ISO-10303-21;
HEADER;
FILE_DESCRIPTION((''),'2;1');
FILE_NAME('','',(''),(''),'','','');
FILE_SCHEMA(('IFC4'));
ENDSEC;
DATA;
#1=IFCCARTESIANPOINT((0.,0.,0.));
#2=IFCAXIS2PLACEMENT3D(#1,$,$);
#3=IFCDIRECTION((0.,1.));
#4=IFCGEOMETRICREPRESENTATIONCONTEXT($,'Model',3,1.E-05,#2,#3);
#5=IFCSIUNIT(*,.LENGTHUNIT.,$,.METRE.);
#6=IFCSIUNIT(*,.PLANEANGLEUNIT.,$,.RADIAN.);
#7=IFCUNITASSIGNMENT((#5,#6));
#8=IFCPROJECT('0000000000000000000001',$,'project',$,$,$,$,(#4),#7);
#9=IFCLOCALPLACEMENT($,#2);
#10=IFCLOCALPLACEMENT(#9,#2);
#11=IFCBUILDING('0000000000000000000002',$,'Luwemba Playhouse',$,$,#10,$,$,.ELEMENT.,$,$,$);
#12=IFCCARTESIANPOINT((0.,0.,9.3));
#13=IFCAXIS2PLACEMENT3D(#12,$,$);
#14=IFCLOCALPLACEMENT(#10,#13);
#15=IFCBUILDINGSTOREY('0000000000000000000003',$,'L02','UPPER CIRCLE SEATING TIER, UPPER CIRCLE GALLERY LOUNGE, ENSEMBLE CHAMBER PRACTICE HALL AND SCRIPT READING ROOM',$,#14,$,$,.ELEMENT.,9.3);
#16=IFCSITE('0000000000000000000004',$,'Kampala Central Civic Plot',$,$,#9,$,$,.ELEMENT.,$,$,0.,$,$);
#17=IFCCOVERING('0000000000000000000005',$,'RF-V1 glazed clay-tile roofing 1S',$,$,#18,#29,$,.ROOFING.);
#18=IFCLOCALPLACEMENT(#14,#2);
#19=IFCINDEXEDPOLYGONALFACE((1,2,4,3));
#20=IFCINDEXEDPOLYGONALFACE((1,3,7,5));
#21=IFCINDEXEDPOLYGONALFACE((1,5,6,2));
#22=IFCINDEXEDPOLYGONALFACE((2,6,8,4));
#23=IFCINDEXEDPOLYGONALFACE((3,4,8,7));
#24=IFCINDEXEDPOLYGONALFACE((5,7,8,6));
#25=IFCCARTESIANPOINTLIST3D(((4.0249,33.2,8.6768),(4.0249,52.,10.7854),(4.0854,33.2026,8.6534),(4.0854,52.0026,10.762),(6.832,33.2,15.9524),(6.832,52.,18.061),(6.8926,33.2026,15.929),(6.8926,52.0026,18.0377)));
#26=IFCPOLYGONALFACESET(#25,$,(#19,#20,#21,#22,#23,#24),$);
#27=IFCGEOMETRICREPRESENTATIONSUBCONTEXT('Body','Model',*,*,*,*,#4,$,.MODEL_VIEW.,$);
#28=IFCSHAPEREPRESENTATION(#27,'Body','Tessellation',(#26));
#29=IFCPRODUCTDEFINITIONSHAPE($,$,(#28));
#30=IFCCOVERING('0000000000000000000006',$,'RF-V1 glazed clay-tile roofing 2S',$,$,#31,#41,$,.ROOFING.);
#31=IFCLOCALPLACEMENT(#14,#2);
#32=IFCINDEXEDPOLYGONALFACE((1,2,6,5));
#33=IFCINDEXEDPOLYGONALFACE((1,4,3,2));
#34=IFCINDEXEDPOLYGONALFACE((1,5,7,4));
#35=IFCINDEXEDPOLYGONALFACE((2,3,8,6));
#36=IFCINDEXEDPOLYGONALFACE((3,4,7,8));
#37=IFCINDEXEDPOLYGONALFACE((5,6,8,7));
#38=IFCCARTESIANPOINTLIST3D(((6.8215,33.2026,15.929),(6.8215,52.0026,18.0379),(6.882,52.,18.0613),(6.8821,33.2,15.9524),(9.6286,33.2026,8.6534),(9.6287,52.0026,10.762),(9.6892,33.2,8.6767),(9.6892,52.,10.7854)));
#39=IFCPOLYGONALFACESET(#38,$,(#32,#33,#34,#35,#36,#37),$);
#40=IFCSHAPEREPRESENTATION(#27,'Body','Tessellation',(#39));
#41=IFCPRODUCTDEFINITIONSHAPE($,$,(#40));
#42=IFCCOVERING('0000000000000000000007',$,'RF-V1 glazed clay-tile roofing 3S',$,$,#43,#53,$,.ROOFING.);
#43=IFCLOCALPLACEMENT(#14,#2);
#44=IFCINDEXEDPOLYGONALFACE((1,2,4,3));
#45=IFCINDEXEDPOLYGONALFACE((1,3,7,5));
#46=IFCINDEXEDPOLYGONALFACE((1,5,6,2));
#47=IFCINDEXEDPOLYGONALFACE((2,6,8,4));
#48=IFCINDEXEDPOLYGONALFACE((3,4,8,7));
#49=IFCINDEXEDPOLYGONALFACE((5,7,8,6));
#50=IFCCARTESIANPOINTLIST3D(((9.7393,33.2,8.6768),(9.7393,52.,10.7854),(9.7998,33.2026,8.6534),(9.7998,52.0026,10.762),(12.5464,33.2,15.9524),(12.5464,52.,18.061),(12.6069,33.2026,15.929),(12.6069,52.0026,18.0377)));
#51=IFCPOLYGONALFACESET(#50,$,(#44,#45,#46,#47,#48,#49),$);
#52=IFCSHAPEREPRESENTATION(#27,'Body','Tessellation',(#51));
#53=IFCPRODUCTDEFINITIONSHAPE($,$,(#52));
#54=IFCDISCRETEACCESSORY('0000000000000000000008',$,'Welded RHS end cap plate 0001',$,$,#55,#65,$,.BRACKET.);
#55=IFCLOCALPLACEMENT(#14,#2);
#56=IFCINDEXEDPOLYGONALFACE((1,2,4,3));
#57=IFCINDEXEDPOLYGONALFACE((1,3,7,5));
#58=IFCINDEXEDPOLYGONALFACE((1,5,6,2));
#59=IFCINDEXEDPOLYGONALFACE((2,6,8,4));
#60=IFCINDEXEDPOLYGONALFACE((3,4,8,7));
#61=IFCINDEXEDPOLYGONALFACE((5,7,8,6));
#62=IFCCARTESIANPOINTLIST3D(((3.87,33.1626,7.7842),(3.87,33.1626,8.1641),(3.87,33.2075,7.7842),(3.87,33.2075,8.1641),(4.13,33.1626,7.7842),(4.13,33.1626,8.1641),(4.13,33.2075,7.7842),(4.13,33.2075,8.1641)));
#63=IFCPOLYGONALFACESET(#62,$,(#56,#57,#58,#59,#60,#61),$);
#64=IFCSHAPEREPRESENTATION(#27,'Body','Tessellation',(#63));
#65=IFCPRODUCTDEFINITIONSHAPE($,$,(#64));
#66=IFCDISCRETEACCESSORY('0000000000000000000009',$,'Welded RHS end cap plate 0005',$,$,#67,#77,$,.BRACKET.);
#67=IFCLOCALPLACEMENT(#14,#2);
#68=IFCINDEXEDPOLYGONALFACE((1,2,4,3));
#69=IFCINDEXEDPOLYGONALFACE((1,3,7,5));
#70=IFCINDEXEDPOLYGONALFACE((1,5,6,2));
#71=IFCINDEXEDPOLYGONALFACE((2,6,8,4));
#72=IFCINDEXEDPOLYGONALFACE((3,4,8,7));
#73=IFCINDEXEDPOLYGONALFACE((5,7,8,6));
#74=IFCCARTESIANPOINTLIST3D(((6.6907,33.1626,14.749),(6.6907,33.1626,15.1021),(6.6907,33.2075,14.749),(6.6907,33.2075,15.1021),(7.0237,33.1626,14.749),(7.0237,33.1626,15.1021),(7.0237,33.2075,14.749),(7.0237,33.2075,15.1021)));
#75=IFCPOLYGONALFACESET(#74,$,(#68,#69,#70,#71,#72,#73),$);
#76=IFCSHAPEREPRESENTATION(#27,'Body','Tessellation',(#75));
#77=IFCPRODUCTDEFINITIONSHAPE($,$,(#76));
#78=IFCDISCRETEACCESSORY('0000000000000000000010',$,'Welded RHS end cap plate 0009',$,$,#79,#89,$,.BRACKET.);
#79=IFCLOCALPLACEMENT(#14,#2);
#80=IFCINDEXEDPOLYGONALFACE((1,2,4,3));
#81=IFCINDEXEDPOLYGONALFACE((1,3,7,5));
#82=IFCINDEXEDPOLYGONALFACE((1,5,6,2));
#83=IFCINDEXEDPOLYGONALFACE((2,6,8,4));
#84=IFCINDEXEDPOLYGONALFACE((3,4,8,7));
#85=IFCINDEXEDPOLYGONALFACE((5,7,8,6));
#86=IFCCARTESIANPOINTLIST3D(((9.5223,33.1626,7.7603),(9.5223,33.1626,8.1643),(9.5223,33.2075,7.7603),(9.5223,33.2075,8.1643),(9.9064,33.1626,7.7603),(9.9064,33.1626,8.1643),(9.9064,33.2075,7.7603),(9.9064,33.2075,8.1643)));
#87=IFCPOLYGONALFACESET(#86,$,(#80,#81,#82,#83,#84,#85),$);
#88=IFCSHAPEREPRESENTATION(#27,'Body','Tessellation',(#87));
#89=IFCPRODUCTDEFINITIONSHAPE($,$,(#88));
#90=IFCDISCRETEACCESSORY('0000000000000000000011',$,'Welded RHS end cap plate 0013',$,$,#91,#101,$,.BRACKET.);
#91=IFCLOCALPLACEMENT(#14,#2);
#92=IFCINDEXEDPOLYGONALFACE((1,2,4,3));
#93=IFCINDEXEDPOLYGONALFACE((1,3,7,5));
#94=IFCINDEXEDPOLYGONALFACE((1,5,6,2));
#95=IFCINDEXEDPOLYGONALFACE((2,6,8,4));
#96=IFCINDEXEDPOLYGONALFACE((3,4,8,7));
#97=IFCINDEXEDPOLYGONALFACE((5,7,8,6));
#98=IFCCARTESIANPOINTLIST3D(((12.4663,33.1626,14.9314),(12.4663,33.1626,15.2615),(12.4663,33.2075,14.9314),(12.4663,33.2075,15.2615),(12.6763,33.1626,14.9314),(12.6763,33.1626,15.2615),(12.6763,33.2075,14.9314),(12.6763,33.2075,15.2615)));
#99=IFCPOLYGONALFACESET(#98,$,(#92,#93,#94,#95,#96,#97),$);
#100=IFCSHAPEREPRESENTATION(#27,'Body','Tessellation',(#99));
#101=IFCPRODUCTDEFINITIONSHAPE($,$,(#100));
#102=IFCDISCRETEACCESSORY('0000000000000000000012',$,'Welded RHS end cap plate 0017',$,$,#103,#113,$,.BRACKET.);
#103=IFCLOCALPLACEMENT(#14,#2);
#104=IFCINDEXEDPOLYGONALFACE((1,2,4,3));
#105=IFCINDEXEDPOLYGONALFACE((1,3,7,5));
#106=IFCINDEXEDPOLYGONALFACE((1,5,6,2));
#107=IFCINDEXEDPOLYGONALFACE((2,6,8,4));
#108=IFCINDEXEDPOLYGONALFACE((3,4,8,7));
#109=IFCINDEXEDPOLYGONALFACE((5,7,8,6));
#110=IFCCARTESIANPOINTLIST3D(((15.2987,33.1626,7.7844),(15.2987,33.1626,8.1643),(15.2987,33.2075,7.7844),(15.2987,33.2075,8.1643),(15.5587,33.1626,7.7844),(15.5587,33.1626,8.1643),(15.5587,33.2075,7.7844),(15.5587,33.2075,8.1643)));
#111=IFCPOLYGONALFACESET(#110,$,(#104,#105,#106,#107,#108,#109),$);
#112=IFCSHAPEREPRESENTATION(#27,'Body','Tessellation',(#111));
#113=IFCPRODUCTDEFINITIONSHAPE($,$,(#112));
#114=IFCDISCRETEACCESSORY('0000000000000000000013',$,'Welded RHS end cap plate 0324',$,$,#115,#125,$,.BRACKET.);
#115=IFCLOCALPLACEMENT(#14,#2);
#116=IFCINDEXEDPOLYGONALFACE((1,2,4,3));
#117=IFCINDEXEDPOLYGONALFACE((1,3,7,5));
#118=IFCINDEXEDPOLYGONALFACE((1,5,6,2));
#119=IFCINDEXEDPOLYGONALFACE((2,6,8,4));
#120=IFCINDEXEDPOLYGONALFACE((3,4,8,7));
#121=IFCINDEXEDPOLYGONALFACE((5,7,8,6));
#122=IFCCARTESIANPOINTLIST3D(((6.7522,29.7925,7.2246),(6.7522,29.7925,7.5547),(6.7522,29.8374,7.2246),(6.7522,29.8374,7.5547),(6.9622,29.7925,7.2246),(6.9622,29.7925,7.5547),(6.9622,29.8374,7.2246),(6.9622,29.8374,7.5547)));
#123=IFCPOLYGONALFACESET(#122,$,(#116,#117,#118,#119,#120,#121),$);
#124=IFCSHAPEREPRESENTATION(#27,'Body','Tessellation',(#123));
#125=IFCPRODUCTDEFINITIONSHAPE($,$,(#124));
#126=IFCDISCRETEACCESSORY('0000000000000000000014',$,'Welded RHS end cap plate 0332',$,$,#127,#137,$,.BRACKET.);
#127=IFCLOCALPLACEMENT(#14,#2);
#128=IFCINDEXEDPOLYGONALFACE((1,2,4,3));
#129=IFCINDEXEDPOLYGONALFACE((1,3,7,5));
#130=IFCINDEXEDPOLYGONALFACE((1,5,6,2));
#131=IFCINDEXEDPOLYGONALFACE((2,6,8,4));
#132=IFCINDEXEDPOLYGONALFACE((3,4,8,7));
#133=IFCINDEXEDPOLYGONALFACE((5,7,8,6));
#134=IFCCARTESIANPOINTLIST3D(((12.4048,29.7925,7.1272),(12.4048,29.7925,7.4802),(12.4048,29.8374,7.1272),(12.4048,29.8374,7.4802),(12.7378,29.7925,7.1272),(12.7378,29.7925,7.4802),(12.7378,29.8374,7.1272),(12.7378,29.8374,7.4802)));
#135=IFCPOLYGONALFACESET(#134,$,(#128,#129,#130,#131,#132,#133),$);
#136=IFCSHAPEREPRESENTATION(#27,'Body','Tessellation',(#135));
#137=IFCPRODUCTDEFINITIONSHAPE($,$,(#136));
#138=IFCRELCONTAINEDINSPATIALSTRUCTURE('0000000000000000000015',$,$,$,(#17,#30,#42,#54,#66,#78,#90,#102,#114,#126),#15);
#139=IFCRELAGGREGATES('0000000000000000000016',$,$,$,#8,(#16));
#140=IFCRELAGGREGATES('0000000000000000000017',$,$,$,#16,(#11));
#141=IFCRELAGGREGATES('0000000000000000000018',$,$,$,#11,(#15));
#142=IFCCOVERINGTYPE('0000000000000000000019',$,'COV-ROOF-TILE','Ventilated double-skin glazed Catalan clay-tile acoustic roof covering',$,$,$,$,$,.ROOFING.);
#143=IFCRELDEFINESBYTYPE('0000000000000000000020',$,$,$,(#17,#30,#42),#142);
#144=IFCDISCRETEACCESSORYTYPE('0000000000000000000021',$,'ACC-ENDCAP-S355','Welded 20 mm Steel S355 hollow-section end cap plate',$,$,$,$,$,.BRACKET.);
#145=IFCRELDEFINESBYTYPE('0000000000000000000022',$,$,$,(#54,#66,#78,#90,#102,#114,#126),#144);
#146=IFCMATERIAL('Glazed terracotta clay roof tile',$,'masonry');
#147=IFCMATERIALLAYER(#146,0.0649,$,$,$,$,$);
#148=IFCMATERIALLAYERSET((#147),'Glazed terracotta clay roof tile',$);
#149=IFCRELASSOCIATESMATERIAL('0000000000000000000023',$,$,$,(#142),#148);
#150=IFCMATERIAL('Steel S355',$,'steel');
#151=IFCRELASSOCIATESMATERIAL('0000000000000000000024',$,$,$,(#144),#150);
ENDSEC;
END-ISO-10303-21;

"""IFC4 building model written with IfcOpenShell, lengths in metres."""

from ifc_helpers import new_model, si_unit, direction, frame, origin, origin_2d, place, context, subcontext, project, spatial, polyline, rectangle, outline, extrude, material, layer, layer_set, type_object, element, save


model = new_model("IFC4")

# Units and contexts
model_context = context("Model", 3, precision=1e-05, world=origin(), true_north=direction((0.0, 1.0)))
body_context = subcontext(model_context, "Body", "Model", "MODEL_VIEW")
ifc_project = project(units=[si_unit("LENGTHUNIT", "METRE"), si_unit("PLANEANGLEUNIT", "RADIAN")], contexts=[model_context])

# Site, building, storey
site_placement = place(None, origin())
site = spatial("IfcSite", under=ifc_project, at=site_placement, Name="Kampala Central Civic Plot", CompositionType="ELEMENT", RefElevation=0.0)
building_placement = place(site_placement, origin())
building = spatial("IfcBuilding", under=site, at=building_placement, Name="Luwemba Playhouse", CompositionType="ELEMENT")
storey_placement = place(building_placement, frame((0.0, 0.0, 9.3)))
storey = spatial("IfcBuildingStorey", under=building, at=storey_placement, Name="L02", Description="UPPER CIRCLE SEATING TIER, UPPER CIRCLE GALLERY LOUNGE, ENSEMBLE CHAMBER PRACTICE HALL AND SCRIPT READING ROOM", CompositionType="ELEMENT", Elevation=9.3)

# Shared definitions
ifc_material_1 = material(Name="Steel S355", Category="steel")

# Coverings
ifc_material_2 = material(Name="Glazed terracotta clay roof tile", Category="masonry")
ifc_layer_1 = layer(ifc_material_2, 0.0649)
ifc_layer_set_1 = layer_set([ifc_layer_1], Name="Glazed terracotta clay roof tile")
covering_type = type_object("IfcCoveringType", Name="COV-ROOF-TILE", Description="Ventilated double-skin glazed Catalan clay-tile acoustic roof covering", PredefinedType="ROOFING", material=ifc_layer_set_1)
covering_1_placement = place(storey_placement, frame((4.0249, 33.2, 8.6768), z_axis=(-0.932207, -0.040341, 0.35967), x_axis=(0.359963, 0.0, 0.932967)))
element("IfcCovering", 1, at=covering_1_placement, inside=storey, type_object=covering_type, Name="RF-V1 glazed clay-tile roofing 1S", PredefinedType="ROOFING", context=body_context, shape_type="SweptSolid", body=[
    extrude(outline(polyline([(0.0, 0.0), (7.7984, 0.0), (9.7657, 18.8154), (1.9673, 18.8154), (0.0, 0.0)])), origin(), (0.0, 0.0, -1.0), 0.0649),
])
covering_2_placement = place(storey_placement, frame((6.8821, 33.2, 15.9524), z_axis=(0.932209, -0.040343, 0.359664), x_axis=(0.359958, 0.0, -0.932969)))
element("IfcCovering", 2, at=covering_2_placement, inside=storey, type_object=covering_type, Name="RF-V1 glazed clay-tile roofing 2S", PredefinedType="ROOFING", context=body_context, shape_type="SweptSolid", body=[
    extrude(outline(polyline([(0.0, 0.0), (7.7984, 0.0), (5.8311, 18.8154), (-1.9675, 18.8154), (0.0, 0.0)])), origin(), (0.0, 0.0, -1.0), 0.0649),
])
covering_3_placement = place(storey_placement, frame((9.7393, 33.2, 8.6768), z_axis=(-0.932207, -0.040341, 0.35967), x_axis=(0.359963, 0.0, 0.932967)))
element("IfcCovering", 3, at=covering_3_placement, inside=storey, type_object=covering_type, Name="RF-V1 glazed clay-tile roofing 3S", PredefinedType="ROOFING", context=body_context, shape_type="SweptSolid", body=[
    extrude(outline(polyline([(0.0, 0.0), (7.7984, 0.0), (9.7657, 18.8154), (1.9673, 18.8154), (0.0, 0.0)])), origin(), (0.0, 0.0, -1.0), 0.0649),
])

# Discrete accessories
discrete_accessory_type = type_object("IfcDiscreteAccessoryType", Name="ACC-ENDCAP-S355", Description="Welded 20 mm Steel S355 hollow-section end cap plate", PredefinedType="BRACKET", material=ifc_material_1)
discrete_accessory_1_placement = place(storey_placement, frame((4.0, 33.1851, 7.7842), z_axis=(0.0, 0.0, 1.0), x_axis=(1.0, 0.0, 0.0)))
element("IfcDiscreteAccessory", 4, at=discrete_accessory_1_placement, inside=storey, type_object=discrete_accessory_type, Name="Welded RHS end cap plate 0001", PredefinedType="BRACKET", context=body_context, shape_type="SweptSolid", body=[
    extrude(rectangle(XDim=0.26, YDim=0.0449, at=origin_2d()), origin(), (0.0, 0.0, 1.0), 0.3799),
])
discrete_accessory_2_placement = place(storey_placement, frame((6.8572, 33.1851, 14.749), z_axis=(0.0, 0.0, 1.0), x_axis=(1.0, 0.0, 0.0)))
element("IfcDiscreteAccessory", 5, at=discrete_accessory_2_placement, inside=storey, type_object=discrete_accessory_type, Name="Welded RHS end cap plate 0005", PredefinedType="BRACKET", context=body_context, shape_type="SweptSolid", body=[
    extrude(rectangle(XDim=0.333, YDim=0.0449, at=origin_2d()), origin(), (0.0, 0.0, 1.0), 0.353),
])
discrete_accessory_3_placement = place(storey_placement, frame((9.7144, 33.1851, 7.7603), z_axis=(0.0, 0.0, 1.0), x_axis=(1.0, 0.0, 0.0)))
element("IfcDiscreteAccessory", 6, at=discrete_accessory_3_placement, inside=storey, type_object=discrete_accessory_type, Name="Welded RHS end cap plate 0009", PredefinedType="BRACKET", context=body_context, shape_type="SweptSolid", body=[
    extrude(rectangle(XDim=0.384, YDim=0.0449, at=origin_2d()), origin(), (0.0, 0.0, 1.0), 0.4041),
])
discrete_accessory_4_placement = place(storey_placement, frame((12.5713, 33.1851, 14.9314), z_axis=(0.0, 0.0, 1.0), x_axis=(1.0, 0.0, 0.0)))
element("IfcDiscreteAccessory", 7, at=discrete_accessory_4_placement, inside=storey, type_object=discrete_accessory_type, Name="Welded RHS end cap plate 0013", PredefinedType="BRACKET", context=body_context, shape_type="SweptSolid", body=[
    extrude(rectangle(XDim=0.21, YDim=0.0449, at=origin_2d()), origin(), (0.0, 0.0, 1.0), 0.3301),
])
discrete_accessory_5_placement = place(storey_placement, frame((15.4287, 33.1851, 7.7844), z_axis=(0.0, 0.0, 1.0), x_axis=(1.0, 0.0, 0.0)))
element("IfcDiscreteAccessory", 8, at=discrete_accessory_5_placement, inside=storey, type_object=discrete_accessory_type, Name="Welded RHS end cap plate 0017", PredefinedType="BRACKET", context=body_context, shape_type="SweptSolid", body=[
    extrude(rectangle(XDim=0.26, YDim=0.0449, at=origin_2d()), origin(), (0.0, 0.0, 1.0), 0.3799),
])
discrete_accessory_6_placement = place(storey_placement, frame((6.8572, 29.8149, 7.2246), z_axis=(0.0, 0.0, 1.0), x_axis=(1.0, 0.0, 0.0)))
element("IfcDiscreteAccessory", 9, at=discrete_accessory_6_placement, inside=storey, type_object=discrete_accessory_type, Name="Welded RHS end cap plate 0324", PredefinedType="BRACKET", context=body_context, shape_type="SweptSolid", body=[
    extrude(rectangle(XDim=0.21, YDim=0.0449, at=origin_2d()), origin(), (0.0, 0.0, 1.0), 0.3301),
])
discrete_accessory_7_placement = place(storey_placement, frame((12.5713, 29.8149, 7.1272), z_axis=(0.0, 0.0, 1.0), x_axis=(1.0, 0.0, 0.0)))
element("IfcDiscreteAccessory", 10, at=discrete_accessory_7_placement, inside=storey, type_object=discrete_accessory_type, Name="Welded RHS end cap plate 0332", PredefinedType="BRACKET", context=body_context, shape_type="SweptSolid", body=[
    extrude(rectangle(XDim=0.333, YDim=0.0449, at=origin_2d()), origin(), (0.0, 0.0, 1.0), 0.353),
])

save(model, "model.ifc")
